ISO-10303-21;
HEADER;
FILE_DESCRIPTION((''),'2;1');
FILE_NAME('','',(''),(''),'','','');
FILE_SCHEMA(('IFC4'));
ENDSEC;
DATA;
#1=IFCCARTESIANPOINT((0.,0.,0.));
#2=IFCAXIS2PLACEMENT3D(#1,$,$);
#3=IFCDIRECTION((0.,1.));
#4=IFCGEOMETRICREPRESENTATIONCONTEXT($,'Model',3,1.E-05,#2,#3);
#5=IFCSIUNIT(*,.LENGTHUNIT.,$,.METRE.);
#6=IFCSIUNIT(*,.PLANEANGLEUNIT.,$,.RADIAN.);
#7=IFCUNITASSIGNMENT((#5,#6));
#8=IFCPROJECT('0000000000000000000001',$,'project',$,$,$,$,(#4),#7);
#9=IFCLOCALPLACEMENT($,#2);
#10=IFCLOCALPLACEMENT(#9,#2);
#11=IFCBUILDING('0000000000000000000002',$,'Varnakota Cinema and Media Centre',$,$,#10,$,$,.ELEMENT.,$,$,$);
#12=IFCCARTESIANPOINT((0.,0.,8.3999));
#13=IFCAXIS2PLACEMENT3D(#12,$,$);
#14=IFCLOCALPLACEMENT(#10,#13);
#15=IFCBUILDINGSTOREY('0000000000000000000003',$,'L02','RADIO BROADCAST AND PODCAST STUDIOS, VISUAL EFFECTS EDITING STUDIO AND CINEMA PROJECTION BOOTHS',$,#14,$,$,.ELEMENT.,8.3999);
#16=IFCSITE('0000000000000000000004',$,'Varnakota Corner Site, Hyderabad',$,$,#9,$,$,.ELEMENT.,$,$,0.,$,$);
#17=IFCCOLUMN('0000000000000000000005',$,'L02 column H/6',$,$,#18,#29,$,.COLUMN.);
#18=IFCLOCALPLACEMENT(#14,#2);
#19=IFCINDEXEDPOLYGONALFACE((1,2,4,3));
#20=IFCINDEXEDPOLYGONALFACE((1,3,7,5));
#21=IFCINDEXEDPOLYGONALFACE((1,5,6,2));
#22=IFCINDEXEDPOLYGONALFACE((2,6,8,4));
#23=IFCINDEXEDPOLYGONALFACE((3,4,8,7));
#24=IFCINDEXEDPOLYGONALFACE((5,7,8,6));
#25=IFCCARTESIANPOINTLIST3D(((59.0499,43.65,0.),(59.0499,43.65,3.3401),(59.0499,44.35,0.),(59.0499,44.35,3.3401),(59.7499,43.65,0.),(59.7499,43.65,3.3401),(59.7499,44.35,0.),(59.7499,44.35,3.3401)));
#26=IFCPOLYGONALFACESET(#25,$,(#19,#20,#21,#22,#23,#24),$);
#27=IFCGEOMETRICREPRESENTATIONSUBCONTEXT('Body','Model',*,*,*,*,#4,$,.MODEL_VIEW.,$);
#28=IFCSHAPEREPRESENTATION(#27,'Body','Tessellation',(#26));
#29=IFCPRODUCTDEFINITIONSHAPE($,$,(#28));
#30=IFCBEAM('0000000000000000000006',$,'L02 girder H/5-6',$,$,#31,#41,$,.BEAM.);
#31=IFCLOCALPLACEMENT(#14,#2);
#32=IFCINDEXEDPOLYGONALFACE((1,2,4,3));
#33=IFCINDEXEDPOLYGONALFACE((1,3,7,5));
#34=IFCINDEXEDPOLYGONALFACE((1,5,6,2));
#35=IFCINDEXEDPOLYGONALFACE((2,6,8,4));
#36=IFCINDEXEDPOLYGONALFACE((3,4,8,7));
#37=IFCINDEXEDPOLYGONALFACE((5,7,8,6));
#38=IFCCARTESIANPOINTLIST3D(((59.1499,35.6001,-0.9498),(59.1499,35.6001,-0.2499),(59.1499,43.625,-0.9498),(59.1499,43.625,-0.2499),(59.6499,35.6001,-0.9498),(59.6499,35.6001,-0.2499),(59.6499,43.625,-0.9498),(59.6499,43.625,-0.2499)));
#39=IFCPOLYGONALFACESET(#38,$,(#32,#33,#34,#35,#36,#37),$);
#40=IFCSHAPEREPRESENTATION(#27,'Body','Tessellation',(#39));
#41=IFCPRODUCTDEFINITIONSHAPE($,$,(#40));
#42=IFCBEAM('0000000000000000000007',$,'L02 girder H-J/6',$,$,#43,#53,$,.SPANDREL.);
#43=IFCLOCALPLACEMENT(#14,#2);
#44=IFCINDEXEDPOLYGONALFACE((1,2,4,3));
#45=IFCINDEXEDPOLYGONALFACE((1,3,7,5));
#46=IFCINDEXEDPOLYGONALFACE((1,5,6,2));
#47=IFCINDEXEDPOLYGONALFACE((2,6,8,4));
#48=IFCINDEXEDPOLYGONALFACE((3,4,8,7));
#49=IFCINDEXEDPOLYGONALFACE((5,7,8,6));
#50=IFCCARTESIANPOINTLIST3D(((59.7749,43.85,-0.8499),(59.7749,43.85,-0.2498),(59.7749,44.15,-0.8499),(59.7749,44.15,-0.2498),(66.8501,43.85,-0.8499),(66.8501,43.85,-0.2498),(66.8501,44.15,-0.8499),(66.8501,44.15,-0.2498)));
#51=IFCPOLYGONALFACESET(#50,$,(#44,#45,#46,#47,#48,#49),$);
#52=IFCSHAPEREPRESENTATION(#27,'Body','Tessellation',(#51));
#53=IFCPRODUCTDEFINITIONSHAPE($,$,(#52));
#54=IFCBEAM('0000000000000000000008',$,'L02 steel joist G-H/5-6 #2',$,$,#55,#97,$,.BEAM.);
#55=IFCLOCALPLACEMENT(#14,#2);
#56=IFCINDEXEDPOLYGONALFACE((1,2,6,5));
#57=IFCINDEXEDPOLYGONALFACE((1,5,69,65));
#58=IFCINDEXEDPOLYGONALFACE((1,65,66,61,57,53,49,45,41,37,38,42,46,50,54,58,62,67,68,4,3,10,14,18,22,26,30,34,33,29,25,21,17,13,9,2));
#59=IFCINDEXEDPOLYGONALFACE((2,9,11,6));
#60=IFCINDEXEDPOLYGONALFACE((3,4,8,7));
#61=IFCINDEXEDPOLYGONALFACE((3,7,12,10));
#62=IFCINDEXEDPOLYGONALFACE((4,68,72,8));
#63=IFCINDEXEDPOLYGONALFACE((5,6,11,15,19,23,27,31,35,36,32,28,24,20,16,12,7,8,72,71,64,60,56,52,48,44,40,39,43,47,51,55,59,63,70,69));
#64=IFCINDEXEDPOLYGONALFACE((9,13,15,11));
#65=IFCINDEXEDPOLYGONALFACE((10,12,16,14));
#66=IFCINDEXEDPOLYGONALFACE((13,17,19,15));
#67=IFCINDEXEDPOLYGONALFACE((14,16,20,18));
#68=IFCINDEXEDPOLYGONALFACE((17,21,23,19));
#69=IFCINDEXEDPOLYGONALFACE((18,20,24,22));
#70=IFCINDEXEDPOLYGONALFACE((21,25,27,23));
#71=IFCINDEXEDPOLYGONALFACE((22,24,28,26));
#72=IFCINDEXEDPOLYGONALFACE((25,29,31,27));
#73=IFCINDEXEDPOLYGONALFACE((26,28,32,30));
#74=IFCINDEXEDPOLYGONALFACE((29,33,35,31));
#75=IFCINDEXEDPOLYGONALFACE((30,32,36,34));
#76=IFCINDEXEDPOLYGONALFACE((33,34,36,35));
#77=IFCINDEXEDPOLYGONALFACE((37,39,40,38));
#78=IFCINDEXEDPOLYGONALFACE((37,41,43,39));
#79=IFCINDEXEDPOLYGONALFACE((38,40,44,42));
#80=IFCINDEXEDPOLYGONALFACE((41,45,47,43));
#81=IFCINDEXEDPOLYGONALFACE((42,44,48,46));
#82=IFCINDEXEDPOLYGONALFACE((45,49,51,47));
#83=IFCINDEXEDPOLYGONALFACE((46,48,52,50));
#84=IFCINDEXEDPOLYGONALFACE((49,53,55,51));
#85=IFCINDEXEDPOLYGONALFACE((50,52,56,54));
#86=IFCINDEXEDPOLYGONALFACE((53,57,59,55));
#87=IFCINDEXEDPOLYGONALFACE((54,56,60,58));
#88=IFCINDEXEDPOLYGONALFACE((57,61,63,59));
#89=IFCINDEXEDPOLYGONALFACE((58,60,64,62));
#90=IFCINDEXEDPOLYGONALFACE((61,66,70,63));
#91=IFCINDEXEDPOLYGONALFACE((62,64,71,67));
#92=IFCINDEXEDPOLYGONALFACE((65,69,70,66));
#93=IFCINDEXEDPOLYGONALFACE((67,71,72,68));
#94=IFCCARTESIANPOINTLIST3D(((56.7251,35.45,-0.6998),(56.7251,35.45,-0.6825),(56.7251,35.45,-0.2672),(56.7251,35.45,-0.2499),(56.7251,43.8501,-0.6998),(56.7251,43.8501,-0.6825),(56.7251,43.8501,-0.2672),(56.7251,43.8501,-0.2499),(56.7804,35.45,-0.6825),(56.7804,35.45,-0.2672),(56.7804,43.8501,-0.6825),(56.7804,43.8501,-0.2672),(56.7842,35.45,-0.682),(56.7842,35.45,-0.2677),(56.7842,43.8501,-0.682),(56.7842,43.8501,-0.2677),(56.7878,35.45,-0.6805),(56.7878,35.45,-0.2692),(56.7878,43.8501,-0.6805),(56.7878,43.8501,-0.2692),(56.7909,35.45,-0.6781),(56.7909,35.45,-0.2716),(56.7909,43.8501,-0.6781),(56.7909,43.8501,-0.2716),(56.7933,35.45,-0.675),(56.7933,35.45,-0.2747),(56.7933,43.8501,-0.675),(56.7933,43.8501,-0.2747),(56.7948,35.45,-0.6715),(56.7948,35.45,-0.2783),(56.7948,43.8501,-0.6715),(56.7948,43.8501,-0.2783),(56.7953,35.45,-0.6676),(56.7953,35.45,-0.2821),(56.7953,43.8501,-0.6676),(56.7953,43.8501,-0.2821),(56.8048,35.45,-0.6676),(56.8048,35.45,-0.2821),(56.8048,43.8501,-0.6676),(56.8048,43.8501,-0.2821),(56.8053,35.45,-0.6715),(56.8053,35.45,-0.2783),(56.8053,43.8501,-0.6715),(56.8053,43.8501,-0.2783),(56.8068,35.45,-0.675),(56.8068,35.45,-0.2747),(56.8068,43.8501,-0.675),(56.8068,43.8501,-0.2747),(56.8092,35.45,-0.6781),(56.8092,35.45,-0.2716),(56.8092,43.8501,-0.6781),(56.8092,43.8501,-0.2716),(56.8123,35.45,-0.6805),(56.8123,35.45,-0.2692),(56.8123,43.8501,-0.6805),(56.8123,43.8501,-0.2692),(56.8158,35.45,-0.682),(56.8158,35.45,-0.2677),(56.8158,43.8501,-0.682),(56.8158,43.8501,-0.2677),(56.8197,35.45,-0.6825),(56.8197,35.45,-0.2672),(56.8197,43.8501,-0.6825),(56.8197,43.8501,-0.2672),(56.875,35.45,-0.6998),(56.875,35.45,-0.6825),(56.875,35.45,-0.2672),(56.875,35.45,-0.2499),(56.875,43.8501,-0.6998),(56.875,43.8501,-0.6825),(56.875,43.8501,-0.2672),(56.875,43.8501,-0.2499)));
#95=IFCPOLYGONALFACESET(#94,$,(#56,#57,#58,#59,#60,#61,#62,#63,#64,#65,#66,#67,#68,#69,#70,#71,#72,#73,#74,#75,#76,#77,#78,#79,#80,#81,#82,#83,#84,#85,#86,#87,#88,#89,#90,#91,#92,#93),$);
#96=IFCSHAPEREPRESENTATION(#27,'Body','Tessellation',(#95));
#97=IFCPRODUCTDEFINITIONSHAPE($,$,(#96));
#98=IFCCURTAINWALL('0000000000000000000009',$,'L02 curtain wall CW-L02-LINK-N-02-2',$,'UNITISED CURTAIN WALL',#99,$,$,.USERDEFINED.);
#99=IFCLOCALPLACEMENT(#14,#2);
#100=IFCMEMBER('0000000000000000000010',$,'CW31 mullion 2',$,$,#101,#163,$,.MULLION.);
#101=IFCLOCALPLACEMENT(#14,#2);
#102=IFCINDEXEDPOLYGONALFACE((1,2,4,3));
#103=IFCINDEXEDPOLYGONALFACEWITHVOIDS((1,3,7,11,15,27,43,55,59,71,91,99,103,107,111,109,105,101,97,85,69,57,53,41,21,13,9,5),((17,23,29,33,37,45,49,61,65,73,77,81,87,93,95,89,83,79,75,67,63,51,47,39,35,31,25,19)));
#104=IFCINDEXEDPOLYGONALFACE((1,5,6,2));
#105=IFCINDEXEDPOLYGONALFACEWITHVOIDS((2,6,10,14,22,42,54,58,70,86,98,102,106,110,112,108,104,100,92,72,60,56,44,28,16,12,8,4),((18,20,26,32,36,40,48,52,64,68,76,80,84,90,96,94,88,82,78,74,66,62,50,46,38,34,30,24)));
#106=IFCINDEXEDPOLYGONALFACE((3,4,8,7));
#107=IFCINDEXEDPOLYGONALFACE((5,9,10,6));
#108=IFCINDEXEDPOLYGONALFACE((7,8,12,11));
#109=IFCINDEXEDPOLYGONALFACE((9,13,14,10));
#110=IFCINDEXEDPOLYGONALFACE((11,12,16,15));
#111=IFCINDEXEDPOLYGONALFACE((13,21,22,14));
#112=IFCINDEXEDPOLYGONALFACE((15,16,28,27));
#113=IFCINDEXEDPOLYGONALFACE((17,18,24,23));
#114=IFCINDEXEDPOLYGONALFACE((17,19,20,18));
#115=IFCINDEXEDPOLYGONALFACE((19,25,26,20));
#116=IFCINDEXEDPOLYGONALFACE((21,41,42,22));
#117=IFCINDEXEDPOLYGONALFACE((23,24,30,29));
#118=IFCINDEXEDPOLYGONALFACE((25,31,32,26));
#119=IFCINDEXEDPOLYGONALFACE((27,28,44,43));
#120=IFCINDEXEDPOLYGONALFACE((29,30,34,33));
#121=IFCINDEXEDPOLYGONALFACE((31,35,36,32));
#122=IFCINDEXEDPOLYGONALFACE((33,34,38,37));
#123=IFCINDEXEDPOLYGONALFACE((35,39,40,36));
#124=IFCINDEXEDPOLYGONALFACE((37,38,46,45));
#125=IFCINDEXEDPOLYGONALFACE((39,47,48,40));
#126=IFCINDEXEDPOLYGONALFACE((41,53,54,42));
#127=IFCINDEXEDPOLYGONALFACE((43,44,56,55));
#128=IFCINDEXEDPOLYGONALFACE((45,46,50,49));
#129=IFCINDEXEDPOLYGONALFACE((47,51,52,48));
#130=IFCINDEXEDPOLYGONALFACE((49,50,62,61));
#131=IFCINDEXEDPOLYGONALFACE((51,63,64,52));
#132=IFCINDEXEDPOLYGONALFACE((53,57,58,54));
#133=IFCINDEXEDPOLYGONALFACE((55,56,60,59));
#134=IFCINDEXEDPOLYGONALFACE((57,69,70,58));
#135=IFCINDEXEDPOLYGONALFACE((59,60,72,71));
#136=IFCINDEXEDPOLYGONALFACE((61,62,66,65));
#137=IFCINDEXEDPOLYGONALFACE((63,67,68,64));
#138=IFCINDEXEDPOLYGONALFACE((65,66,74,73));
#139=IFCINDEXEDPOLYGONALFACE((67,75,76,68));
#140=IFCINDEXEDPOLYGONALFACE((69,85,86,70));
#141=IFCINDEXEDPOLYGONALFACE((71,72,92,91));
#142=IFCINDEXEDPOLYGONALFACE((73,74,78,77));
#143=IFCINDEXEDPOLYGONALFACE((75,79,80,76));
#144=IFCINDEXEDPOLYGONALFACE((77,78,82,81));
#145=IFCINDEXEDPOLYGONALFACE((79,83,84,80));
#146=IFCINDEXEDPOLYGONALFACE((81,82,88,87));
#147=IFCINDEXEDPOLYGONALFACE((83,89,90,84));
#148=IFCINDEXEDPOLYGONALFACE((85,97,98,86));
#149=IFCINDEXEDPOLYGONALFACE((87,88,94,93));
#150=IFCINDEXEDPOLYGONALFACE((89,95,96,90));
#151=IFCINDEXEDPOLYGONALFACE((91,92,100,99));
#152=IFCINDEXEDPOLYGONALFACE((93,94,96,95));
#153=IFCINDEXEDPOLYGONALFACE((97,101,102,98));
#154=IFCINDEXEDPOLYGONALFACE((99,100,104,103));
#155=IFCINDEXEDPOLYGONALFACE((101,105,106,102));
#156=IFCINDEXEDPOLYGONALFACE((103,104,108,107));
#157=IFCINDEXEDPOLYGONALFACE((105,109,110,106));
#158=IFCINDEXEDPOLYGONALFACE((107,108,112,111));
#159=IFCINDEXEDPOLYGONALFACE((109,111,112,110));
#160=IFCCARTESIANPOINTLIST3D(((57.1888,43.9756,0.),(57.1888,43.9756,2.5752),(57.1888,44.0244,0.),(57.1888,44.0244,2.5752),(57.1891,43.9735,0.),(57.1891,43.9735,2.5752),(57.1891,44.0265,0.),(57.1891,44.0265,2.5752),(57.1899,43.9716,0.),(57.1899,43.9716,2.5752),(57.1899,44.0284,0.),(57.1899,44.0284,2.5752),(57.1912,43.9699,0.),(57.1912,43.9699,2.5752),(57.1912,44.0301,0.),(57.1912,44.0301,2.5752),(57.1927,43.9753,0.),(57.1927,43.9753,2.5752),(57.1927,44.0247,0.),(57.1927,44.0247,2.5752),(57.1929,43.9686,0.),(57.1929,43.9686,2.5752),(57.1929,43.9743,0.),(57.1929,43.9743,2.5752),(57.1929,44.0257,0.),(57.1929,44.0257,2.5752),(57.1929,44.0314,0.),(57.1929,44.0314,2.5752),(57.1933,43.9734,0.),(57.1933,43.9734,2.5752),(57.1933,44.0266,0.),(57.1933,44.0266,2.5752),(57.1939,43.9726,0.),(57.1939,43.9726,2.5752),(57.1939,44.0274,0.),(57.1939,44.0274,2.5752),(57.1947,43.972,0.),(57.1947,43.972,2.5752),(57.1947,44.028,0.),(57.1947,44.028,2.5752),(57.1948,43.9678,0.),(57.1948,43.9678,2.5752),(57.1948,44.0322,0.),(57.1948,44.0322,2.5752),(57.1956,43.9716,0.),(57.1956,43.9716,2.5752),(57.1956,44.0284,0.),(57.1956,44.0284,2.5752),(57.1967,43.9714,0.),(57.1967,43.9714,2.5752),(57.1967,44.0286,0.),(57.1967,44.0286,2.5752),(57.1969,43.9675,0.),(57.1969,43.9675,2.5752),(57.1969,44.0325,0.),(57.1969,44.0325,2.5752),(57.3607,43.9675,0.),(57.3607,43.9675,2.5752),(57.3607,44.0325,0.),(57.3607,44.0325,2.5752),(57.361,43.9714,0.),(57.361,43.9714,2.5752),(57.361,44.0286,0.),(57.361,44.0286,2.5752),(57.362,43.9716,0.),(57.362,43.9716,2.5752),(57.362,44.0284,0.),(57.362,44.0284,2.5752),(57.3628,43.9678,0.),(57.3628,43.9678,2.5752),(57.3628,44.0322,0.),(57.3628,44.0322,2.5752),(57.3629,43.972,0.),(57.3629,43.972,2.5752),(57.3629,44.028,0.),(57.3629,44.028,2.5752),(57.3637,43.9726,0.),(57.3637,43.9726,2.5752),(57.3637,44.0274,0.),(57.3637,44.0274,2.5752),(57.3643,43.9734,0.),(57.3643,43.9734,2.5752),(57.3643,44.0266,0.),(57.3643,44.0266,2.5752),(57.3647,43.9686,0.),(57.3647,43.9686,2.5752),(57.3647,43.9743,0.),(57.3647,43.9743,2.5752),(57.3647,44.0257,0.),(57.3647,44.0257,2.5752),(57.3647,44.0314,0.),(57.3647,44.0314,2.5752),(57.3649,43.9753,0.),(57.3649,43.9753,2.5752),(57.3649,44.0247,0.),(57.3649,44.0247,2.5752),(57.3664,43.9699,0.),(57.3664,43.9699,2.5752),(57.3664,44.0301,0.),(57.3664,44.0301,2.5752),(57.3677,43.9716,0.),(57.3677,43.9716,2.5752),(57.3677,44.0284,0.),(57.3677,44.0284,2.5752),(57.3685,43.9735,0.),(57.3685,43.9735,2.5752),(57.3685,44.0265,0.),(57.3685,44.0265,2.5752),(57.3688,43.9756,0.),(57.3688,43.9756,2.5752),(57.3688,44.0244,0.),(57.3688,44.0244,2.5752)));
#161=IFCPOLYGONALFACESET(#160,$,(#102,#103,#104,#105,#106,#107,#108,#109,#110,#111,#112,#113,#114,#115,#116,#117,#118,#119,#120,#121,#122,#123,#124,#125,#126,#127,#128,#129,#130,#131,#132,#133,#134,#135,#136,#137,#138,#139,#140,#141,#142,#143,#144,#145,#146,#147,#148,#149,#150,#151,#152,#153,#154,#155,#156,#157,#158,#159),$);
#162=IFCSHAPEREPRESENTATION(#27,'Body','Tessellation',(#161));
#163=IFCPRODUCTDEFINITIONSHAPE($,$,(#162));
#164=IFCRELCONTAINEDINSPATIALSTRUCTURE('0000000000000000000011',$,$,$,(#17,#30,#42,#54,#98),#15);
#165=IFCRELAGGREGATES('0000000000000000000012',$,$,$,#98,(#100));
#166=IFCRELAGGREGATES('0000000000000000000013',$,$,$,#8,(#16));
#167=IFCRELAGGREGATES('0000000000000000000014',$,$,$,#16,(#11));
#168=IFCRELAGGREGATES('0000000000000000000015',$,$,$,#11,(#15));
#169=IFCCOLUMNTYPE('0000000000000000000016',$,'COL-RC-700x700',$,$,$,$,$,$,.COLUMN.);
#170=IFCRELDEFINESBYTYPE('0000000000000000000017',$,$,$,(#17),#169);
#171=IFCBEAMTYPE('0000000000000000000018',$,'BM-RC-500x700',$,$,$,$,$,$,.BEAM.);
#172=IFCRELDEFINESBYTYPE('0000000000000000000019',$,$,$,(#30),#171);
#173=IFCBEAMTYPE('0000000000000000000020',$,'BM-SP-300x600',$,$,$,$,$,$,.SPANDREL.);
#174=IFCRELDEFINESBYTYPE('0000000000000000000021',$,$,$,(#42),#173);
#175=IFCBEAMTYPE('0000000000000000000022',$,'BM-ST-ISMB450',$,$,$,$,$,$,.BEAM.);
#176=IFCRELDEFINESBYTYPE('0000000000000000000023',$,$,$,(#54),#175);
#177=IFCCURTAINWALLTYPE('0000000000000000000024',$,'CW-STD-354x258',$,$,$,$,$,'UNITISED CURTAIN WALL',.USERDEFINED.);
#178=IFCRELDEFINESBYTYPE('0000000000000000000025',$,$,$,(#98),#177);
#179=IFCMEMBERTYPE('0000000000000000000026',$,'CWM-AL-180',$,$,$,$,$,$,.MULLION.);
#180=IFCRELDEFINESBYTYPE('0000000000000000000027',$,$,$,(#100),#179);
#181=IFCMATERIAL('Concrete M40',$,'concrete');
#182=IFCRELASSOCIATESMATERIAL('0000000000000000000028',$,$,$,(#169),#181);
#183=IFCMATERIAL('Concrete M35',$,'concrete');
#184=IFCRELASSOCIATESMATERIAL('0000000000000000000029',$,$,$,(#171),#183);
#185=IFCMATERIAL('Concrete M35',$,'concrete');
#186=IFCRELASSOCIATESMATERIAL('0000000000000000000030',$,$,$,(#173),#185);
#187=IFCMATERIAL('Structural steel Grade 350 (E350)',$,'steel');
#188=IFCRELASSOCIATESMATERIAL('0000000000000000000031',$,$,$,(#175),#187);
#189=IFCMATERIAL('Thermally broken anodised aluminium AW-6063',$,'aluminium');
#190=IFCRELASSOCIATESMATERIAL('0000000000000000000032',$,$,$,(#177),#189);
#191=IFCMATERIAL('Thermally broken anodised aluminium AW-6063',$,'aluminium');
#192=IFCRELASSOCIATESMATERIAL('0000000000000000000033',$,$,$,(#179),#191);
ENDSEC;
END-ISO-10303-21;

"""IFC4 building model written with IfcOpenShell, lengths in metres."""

from ifc_helpers import new_model, si_unit, direction, frame, origin, origin_2d, place, context, subcontext, project, spatial, rectangle, hollow_rectangle, i_section, extrude, material, material_profile, profile_set, type_object, element, aggregate, save


model = new_model("IFC4")

# Units and contexts
model_context = context("Model", 3, precision=1e-05, world=origin(), true_north=direction((0.0, 1.0)))
body_context = subcontext(model_context, "Body", "Model", "MODEL_VIEW")
ifc_project = project(units=[si_unit("LENGTHUNIT", "METRE"), si_unit("PLANEANGLEUNIT", "RADIAN")], contexts=[model_context])

# Site, building, storey
site_placement = place(None, origin())
site = spatial("IfcSite", under=ifc_project, at=site_placement, Name="Varnakota Corner Site, Hyderabad", CompositionType="ELEMENT", RefElevation=0.0)
building_placement = place(site_placement, origin())
building = spatial("IfcBuilding", under=site, at=building_placement, Name="Varnakota Cinema and Media Centre", CompositionType="ELEMENT")
storey_placement = place(building_placement, frame((0.0, 0.0, 8.3999)))
storey = spatial("IfcBuildingStorey", under=building, at=storey_placement, Name="L02", Description="RADIO BROADCAST AND PODCAST STUDIOS, VISUAL EFFECTS EDITING STUDIO AND CINEMA PROJECTION BOOTHS", CompositionType="ELEMENT", Elevation=8.3999)

# Column
ifc_material_1 = material(Name="Concrete M40", Category="concrete")
ifc_material_profile_1 = material_profile(ifc_material_1, rectangle(XDim=0.7, YDim=0.7, at=origin_2d()), Name="RC 700x700")
ifc_profile_set_1 = profile_set([ifc_material_profile_1], Name="Concrete M40")
column_type = type_object("IfcColumnType", Name="COL-RC-700x700", PredefinedType="COLUMN", material=ifc_profile_set_1)
column_placement = place(storey_placement, frame((59.3999, 44.0, 0.0), z_axis=(0.0, 0.0, 1.0), x_axis=(1.0, 0.0, 0.0)))
element("IfcColumn", 1, at=column_placement, inside=storey, type_object=column_type, Name="L02 column H/6", PredefinedType="COLUMN", context=body_context, shape_type="SweptSolid", body=[
    extrude(rectangle(XDim=0.7, YDim=0.7, at=origin_2d()), origin(), (0.0, 0.0, 1.0), 3.3401),
])

# Beams
ifc_material_2 = material(Name="Concrete M35", Category="concrete")
ifc_material_profile_2 = material_profile(ifc_material_2, rectangle(XDim=0.5, YDim=0.7, at=origin_2d()), Name="RCB 500x700")
ifc_profile_set_2 = profile_set([ifc_material_profile_2], Name="Concrete M35")
beam_type_1 = type_object("IfcBeamType", Name="BM-RC-500x700", PredefinedType="BEAM", material=ifc_profile_set_2)
beam_1_placement = place(storey_placement, frame((59.3999, 35.6001, -0.5999), z_axis=(0.0, 1.0, 0.0), x_axis=(-1.0, 0.0, 0.0)))
element("IfcBeam", 2, at=beam_1_placement, inside=storey, type_object=beam_type_1, Name="L02 girder H/5-6", PredefinedType="BEAM", context=body_context, shape_type="SweptSolid", body=[
    extrude(rectangle(XDim=0.5, YDim=0.7, at=origin_2d()), origin(), (0.0, 0.0, 1.0), 8.0249),
])
ifc_material_3 = material(Name="Concrete M35", Category="concrete")
ifc_material_profile_3 = material_profile(ifc_material_3, rectangle(XDim=0.3, YDim=0.6001, at=origin_2d()), Name="RCB 300x600")
ifc_profile_set_3 = profile_set([ifc_material_profile_3], Name="Concrete M35")
beam_type_2 = type_object("IfcBeamType", Name="BM-SP-300x600", PredefinedType="SPANDREL", material=ifc_profile_set_3)
beam_2_placement = place(storey_placement, frame((59.7749, 44.0, -0.5498), z_axis=(1.0, 0.0, 0.0), x_axis=(0.0, 1.0, 0.0)))
element("IfcBeam", 3, at=beam_2_placement, inside=storey, type_object=beam_type_2, Name="L02 girder H-J/6", PredefinedType="SPANDREL", context=body_context, shape_type="SweptSolid", body=[
    extrude(rectangle(XDim=0.3, YDim=0.6001, at=origin_2d()), origin(), (0.0, 0.0, 1.0), 7.0752),
])
ifc_material_4 = material(Name="Structural steel Grade 350 (E350)", Category="steel")
ifc_material_profile_4 = material_profile(ifc_material_4, i_section(OverallWidth=0.1499, OverallDepth=0.45, WebThickness=0.0095, FlangeThickness=0.0173, FilletRadius=0.0149, at=origin_2d()), Name="ISMB 450")
ifc_profile_set_4 = profile_set([ifc_material_profile_4], Name="Structural steel Grade 350 (E350)")
beam_type_3 = type_object("IfcBeamType", Name="BM-ST-ISMB450", PredefinedType="BEAM", material=ifc_profile_set_4)
beam_3_placement = place(storey_placement, frame((56.8, 35.45, -0.4749), z_axis=(0.0, 1.0, 0.0), x_axis=(-1.0, 0.0, 0.0)))
element("IfcBeam", 4, at=beam_3_placement, inside=storey, type_object=beam_type_3, Name="L02 steel joist G-H/5-6 #2", PredefinedType="BEAM", context=body_context, shape_type="SweptSolid", body=[
    extrude(i_section(OverallWidth=0.1499, OverallDepth=0.45, WebThickness=0.0095, FlangeThickness=0.0173, FilletRadius=0.0149, at=origin_2d()), origin(), (0.0, 0.0, 1.0), 8.4001),
])

# Curtain wall, member
ifc_material_5 = material(Name="Thermally broken anodised aluminium AW-6063", Category="aluminium")
curtain_wall_type = type_object("IfcCurtainWallType", Name="CW-STD-354x258", ElementType="UNITISED CURTAIN WALL", PredefinedType="USERDEFINED", material=ifc_material_5)
curtain_wall_1_placement = place(storey_placement, origin())
curtain_wall_1 = element("IfcCurtainWall", 5, at=curtain_wall_1_placement, inside=storey, type_object=curtain_wall_type, Name="L02 curtain wall CW-L02-LINK-N-02-2", ObjectType="UNITISED CURTAIN WALL", PredefinedType="USERDEFINED")
ifc_material_6 = material(Name="Thermally broken anodised aluminium AW-6063", Category="aluminium")
ifc_material_profile_5 = material_profile(ifc_material_6, hollow_rectangle(XDim=0.0649, YDim=0.1799, WallThickness=0.0039, InnerFilletRadius=0.0039, OuterFilletRadius=0.0081, at=origin_2d()), Name="AL-MULLION 180x65x4")
ifc_profile_set_5 = profile_set([ifc_material_profile_5], Name="Thermally broken anodised aluminium AW-6063")
member_type_1 = type_object("IfcMemberType", Name="CWM-AL-180", PredefinedType="MULLION", material=ifc_profile_set_5)
member_1_placement = place(storey_placement, frame((57.2788, 44.0, 0.0), z_axis=(0.0, 0.0, 1.0), x_axis=(0.0, 1.0, 0.0)))
member_1 = element("IfcMember", 6, at=member_1_placement, type_object=member_type_1, Name="CW31 mullion 2", PredefinedType="MULLION", context=body_context, shape_type="SweptSolid", body=[
    extrude(hollow_rectangle(XDim=0.0649, YDim=0.1799, WallThickness=0.0039, InnerFilletRadius=0.0039, OuterFilletRadius=0.0081, at=origin_2d()), origin(), (0.0, 0.0, 1.0), 2.5752),
])

aggregate(curtain_wall_1, [member_1])

save(model, "model.ifc")
